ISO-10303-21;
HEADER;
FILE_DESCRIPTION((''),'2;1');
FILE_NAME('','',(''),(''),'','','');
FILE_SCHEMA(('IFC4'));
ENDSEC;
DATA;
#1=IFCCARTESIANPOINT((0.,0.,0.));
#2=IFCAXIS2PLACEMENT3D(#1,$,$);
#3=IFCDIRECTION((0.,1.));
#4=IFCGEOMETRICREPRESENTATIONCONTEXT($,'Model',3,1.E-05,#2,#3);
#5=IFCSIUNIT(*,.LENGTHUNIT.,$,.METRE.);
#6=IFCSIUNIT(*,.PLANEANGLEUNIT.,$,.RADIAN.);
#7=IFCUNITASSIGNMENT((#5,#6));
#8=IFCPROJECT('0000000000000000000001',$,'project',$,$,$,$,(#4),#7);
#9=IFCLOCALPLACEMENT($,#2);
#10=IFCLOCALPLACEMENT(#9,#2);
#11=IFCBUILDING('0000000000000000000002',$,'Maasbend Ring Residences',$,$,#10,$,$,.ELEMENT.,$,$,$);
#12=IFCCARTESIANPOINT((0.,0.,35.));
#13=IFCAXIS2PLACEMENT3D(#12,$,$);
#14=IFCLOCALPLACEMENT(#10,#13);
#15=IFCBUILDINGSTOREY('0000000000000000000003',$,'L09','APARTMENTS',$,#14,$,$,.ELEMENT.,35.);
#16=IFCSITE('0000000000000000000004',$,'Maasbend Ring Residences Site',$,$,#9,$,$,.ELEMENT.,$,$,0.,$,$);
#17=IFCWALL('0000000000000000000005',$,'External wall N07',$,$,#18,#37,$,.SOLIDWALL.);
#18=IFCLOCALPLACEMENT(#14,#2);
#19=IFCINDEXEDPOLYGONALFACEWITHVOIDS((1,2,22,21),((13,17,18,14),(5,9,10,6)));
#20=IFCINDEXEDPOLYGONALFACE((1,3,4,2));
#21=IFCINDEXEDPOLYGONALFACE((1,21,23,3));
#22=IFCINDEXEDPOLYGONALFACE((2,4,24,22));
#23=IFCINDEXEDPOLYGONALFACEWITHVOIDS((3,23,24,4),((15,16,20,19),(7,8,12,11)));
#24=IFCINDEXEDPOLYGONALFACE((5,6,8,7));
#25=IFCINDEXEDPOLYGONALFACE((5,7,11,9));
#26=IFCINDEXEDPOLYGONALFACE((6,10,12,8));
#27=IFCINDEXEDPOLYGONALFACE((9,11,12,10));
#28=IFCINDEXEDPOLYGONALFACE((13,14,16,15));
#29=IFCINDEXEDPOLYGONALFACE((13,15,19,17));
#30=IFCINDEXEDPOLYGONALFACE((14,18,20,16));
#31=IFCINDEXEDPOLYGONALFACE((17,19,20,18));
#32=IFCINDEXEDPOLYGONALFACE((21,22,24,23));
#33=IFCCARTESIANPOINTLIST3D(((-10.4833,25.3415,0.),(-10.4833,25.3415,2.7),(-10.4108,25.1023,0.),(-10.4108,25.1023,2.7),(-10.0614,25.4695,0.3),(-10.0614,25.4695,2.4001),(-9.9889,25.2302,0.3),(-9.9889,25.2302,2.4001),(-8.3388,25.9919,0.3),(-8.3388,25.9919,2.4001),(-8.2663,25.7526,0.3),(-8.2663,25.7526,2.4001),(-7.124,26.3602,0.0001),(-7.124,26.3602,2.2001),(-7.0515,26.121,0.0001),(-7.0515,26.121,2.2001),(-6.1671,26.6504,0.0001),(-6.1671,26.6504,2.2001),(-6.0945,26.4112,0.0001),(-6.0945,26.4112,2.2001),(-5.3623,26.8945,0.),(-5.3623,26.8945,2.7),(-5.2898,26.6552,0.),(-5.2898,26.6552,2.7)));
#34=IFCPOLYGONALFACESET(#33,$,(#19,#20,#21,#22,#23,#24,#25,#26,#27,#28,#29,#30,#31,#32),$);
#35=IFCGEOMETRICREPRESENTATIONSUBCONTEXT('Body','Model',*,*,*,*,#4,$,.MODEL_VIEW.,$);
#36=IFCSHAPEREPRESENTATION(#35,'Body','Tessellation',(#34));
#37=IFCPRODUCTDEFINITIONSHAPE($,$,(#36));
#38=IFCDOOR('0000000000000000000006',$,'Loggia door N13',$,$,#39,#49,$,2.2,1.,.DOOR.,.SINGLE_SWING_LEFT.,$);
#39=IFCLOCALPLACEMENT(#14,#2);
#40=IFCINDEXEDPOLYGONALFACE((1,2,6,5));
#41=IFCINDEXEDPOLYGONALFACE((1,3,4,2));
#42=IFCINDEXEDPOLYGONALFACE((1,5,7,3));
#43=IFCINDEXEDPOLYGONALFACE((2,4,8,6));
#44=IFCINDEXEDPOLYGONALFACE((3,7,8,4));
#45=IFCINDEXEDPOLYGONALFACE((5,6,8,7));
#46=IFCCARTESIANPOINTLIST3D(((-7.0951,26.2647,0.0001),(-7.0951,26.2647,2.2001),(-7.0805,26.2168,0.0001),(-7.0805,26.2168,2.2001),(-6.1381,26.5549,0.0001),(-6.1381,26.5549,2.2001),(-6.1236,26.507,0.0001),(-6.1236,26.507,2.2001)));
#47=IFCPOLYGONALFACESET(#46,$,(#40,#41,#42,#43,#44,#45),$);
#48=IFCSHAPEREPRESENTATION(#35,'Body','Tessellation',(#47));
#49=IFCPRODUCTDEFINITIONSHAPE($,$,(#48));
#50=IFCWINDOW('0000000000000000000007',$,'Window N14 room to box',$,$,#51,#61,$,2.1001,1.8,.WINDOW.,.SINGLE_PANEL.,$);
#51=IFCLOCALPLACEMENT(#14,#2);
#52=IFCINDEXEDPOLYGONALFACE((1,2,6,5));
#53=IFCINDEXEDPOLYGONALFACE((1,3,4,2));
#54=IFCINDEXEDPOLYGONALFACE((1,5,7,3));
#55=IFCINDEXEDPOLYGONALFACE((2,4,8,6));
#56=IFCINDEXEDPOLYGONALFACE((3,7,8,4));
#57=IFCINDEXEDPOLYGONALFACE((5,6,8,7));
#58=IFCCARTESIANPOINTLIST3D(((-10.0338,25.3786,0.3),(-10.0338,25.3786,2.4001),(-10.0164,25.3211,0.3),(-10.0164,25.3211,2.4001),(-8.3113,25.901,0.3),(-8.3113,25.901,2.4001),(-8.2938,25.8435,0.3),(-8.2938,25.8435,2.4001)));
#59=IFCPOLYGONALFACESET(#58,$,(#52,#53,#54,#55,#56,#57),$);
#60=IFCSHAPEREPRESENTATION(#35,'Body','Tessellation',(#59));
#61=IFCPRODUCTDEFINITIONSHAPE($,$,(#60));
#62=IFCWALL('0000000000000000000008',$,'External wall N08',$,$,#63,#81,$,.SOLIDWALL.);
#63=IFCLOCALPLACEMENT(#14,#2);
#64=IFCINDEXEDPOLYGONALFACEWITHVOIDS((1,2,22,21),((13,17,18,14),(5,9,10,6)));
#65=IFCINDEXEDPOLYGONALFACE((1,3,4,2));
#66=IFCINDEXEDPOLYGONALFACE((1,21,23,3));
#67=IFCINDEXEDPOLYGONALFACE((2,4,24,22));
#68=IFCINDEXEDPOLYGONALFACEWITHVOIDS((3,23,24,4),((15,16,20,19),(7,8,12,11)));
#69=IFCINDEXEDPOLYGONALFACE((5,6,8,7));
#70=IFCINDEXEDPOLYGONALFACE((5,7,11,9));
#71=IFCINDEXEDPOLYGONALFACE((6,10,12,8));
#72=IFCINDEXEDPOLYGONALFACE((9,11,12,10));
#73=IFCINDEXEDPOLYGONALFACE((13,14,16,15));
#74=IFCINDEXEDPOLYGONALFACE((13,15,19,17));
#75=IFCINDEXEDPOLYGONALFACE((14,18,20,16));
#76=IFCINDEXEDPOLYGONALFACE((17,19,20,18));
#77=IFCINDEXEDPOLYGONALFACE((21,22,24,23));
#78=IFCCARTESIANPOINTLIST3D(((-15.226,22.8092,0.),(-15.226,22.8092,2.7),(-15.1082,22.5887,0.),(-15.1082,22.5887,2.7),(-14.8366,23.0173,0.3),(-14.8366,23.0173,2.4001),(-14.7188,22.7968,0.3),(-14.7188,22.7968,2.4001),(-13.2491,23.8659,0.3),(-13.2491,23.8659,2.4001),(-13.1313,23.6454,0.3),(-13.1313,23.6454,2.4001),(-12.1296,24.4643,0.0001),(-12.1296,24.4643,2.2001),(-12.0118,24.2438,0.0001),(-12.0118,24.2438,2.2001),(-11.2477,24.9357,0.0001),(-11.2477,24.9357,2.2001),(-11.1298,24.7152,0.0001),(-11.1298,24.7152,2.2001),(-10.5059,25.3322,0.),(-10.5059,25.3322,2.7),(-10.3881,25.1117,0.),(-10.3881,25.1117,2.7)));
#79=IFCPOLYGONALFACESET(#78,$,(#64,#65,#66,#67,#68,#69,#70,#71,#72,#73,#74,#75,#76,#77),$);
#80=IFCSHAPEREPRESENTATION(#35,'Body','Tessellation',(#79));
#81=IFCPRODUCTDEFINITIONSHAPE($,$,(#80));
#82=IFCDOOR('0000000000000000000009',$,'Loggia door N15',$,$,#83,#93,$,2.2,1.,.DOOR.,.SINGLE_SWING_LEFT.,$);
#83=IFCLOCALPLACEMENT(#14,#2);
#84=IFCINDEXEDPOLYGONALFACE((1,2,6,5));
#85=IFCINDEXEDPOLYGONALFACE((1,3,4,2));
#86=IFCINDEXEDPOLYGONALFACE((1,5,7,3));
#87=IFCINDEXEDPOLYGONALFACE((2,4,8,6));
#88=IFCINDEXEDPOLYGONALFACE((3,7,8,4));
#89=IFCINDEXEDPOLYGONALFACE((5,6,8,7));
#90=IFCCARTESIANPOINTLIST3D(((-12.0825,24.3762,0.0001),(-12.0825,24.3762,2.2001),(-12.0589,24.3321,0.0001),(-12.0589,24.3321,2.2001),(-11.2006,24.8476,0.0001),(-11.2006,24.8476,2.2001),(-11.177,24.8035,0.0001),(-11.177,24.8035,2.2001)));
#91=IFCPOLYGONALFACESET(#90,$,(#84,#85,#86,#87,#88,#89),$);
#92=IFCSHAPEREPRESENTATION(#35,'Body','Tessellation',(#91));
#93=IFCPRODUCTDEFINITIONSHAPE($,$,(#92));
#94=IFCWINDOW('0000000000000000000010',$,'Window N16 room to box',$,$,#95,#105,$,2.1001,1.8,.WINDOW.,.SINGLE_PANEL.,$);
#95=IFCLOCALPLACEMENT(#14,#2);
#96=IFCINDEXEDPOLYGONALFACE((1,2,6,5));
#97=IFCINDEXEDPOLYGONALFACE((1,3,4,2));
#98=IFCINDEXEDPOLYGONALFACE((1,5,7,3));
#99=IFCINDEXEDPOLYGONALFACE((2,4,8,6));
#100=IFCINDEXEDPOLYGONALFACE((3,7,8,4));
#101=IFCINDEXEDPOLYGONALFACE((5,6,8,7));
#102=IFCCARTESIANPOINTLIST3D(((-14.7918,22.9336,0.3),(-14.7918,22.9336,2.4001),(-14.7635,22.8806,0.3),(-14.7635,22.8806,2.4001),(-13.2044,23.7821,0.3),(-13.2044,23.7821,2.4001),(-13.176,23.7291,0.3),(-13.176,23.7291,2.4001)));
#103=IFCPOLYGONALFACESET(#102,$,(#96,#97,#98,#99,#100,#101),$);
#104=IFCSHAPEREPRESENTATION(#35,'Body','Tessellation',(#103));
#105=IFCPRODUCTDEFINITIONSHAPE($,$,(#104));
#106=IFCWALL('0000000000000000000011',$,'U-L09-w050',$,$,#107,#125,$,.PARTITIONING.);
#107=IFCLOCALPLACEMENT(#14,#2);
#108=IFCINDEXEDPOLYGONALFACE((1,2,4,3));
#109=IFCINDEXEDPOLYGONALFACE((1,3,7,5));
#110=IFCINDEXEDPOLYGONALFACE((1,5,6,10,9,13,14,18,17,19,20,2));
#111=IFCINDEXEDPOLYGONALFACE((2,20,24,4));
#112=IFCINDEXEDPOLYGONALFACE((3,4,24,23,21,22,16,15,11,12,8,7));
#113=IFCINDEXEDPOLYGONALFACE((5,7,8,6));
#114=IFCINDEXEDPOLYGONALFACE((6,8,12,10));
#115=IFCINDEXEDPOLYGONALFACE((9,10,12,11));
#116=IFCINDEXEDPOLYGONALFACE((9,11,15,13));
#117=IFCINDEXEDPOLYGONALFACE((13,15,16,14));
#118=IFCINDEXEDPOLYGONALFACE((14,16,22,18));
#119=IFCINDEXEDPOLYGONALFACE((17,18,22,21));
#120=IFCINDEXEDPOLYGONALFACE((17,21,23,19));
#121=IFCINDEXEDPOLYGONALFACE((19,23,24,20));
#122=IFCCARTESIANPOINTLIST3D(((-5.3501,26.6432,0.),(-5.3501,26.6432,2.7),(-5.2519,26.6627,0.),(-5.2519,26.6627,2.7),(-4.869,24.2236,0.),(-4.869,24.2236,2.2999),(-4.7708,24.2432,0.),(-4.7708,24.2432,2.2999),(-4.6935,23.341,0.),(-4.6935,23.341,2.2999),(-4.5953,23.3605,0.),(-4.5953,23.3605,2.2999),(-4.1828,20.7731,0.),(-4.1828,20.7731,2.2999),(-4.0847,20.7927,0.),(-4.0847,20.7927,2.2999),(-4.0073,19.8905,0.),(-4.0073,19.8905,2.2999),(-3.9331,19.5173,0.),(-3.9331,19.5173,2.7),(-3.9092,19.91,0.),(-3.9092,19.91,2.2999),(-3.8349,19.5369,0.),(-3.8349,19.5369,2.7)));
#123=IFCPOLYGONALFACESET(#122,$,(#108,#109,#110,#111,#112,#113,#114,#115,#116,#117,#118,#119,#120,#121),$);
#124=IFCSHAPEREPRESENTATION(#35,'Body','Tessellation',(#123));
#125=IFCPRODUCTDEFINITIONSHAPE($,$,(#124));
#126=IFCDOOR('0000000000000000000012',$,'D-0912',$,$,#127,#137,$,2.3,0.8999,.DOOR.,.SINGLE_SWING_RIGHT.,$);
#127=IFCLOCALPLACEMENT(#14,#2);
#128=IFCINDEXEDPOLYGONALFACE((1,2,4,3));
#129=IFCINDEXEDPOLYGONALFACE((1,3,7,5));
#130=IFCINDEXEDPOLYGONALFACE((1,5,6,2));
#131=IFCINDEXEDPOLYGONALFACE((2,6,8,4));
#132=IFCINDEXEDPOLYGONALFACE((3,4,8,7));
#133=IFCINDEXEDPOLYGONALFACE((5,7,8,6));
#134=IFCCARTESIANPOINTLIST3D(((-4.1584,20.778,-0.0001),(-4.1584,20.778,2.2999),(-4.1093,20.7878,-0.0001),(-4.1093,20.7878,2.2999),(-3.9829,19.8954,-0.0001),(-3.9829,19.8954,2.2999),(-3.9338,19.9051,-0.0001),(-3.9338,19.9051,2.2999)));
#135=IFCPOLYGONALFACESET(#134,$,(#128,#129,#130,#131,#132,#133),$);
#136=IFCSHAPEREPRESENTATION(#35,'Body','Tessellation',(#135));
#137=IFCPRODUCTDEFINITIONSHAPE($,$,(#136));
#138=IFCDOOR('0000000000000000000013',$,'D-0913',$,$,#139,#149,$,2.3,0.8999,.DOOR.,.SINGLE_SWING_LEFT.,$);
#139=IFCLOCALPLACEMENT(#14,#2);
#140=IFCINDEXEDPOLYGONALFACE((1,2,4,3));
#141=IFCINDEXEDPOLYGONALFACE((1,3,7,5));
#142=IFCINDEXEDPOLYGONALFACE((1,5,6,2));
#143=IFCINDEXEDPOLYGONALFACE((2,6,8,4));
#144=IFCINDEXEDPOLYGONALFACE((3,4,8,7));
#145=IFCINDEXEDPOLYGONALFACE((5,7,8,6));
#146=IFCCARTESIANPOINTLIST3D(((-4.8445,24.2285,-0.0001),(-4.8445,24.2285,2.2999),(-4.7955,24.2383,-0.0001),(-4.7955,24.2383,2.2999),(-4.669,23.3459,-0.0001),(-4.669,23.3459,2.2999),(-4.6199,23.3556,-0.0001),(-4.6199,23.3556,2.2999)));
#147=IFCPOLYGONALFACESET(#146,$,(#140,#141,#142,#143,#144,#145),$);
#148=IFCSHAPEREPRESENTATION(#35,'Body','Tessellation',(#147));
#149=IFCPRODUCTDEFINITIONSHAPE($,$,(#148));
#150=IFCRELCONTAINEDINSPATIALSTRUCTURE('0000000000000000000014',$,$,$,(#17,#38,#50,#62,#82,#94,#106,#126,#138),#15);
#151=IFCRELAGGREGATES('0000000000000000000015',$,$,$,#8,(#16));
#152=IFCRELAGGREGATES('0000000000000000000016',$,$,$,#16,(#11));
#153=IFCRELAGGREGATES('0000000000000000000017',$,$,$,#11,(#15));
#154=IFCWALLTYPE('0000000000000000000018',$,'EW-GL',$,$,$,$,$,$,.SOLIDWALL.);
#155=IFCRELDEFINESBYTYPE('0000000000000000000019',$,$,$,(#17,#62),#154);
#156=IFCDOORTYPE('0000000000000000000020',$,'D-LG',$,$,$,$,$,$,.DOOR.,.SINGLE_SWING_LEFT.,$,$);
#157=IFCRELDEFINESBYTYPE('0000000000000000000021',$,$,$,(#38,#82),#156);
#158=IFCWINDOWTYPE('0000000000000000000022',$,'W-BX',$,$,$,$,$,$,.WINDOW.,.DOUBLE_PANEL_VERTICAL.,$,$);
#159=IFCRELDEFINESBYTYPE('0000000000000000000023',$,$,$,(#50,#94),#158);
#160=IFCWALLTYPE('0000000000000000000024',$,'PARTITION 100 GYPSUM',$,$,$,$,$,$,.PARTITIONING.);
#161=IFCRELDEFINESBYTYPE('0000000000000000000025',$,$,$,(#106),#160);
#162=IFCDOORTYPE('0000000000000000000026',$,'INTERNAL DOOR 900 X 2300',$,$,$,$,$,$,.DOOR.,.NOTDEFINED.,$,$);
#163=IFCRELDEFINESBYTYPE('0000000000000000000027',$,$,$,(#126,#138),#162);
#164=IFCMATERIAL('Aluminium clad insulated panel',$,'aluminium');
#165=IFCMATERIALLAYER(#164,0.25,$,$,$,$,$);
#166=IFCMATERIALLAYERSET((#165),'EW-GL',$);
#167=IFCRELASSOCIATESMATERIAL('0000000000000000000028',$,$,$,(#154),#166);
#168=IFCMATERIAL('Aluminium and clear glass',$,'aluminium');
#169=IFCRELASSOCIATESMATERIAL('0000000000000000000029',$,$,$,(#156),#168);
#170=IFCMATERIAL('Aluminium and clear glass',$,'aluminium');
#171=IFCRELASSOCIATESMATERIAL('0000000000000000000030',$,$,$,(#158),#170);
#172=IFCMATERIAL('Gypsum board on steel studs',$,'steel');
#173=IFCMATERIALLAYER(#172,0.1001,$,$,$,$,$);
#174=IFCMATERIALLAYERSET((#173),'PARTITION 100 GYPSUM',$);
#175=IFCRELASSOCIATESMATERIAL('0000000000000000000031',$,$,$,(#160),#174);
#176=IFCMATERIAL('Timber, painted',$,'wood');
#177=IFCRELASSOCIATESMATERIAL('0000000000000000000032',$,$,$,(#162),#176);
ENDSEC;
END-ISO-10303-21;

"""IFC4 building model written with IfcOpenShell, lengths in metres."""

from ifc_helpers import new_model, si_unit, direction, frame, frame_2d, origin, place, context, subcontext, project, spatial, rectangle, extrude, material, layer, layer_set, type_object, element, fill, save


model = new_model("IFC4")

# Units and contexts
model_context = context("Model", 3, precision=1e-05, world=origin(), true_north=direction((0.0, 1.0)))
body_context = subcontext(model_context, "Body", "Model", "MODEL_VIEW")
ifc_project = project(units=[si_unit("LENGTHUNIT", "METRE"), si_unit("PLANEANGLEUNIT", "RADIAN")], contexts=[model_context])

# Site, building, storey
site_placement = place(None, origin())
site = spatial("IfcSite", under=ifc_project, at=site_placement, Name="Maasbend Ring Residences Site", CompositionType="ELEMENT", RefElevation=0.0)
building_placement = place(site_placement, origin())
building = spatial("IfcBuilding", under=site, at=building_placement, Name="Maasbend Ring Residences", CompositionType="ELEMENT")
storey_placement = place(building_placement, frame((0.0, 0.0, 35.0)))
storey = spatial("IfcBuildingStorey", under=building, at=storey_placement, Name="L09", Description="APARTMENTS", CompositionType="ELEMENT", Elevation=35.0)

# Walls, openings, doors, windows
ifc_material_1 = material(Name="Aluminium clad insulated panel", Category="aluminium")
ifc_layer_1 = layer(ifc_material_1, 0.25)
ifc_layer_set_1 = layer_set([ifc_layer_1], Name="EW-GL")
wall_type_1 = type_object("IfcWallType", Name="EW-GL", PredefinedType="SOLIDWALL", material=ifc_layer_set_1)
wall_1_placement = place(storey_placement, frame((-5.3259, 26.7749, 0.0), z_axis=(0.0, 0.0, 1.0), x_axis=(-0.956966, -0.290201, 0.0)))
wall_1 = element("IfcWall", 1, at=wall_1_placement, inside=storey, type_object=wall_type_1, Name="External wall N07", PredefinedType="SOLIDWALL", context=body_context, shape_type="SweptSolid", body=[
    extrude(rectangle(XDim=5.3513, YDim=0.25, at=frame_2d((2.6758, 0.0))), origin(), (0.0, 0.0, 1.0), 2.7),
])
opening_1_placement = place(wall_1_placement, frame((0.8411, 0.0, 0.0)))
opening_1 = element("IfcOpeningElement", 2, at=opening_1_placement, cuts=wall_1, PredefinedType="OPENING", context=body_context, shape_type="SweptSolid", body=[
    extrude(rectangle(XDim=1.0, YDim=2.2, at=frame_2d((0.5, 1.1001))), frame((0.0, 0.135, 0.0), z_axis=(0.0, -1.0, 0.0), x_axis=(1.0, 0.0, 0.0)), (0.0, 0.0, 1.0), 0.27),
])
opening_2_placement = place(wall_1_placement, frame((3.1106, 0.0, 0.3)))
opening_2 = element("IfcOpeningElement", 3, at=opening_2_placement, cuts=wall_1, PredefinedType="OPENING", context=body_context, shape_type="SweptSolid", body=[
    extrude(rectangle(XDim=1.8, YDim=2.1001, at=frame_2d((0.8999, 1.05))), frame((0.0, 0.135, 0.0), z_axis=(0.0, -1.0, 0.0), x_axis=(1.0, 0.0, 0.0)), (0.0, 0.0, 1.0), 0.27),
])
ifc_material_2 = material(Name="Aluminium and clear glass", Category="aluminium")
door_type_1 = type_object("IfcDoorType", Name="D-LG", OperationType="SINGLE_SWING_LEFT", PredefinedType="DOOR", material=ifc_material_2)
door_1_placement = place(opening_1_placement, origin())
door_1 = element("IfcDoor", 4, at=door_1_placement, inside=storey, type_object=door_type_1, Name="Loggia door N13", OperationType="SINGLE_SWING_LEFT", OverallHeight=2.2, OverallWidth=1.0, PredefinedType="DOOR", context=body_context, shape_type="SweptSolid", body=[
    extrude(rectangle(XDim=1.0, YDim=2.2, at=frame_2d((0.5, 1.1001))), frame((0.0, 0.0249, 0.0), z_axis=(0.0, -1.0, 0.0), x_axis=(1.0, 0.0, 0.0)), (0.0, 0.0, 1.0), 0.05),
])
fill(opening_1, door_1)
ifc_material_3 = material(Name="Aluminium and clear glass", Category="aluminium")
window_type_1 = type_object("IfcWindowType", Name="W-BX", PartitioningType="DOUBLE_PANEL_VERTICAL", PredefinedType="WINDOW", material=ifc_material_3)
window_1_placement = place(opening_2_placement, origin())
window_1 = element("IfcWindow", 5, at=window_1_placement, inside=storey, type_object=window_type_1, Name="Window N14 room to box", OverallHeight=2.1001, OverallWidth=1.8, PartitioningType="SINGLE_PANEL", PredefinedType="WINDOW", context=body_context, shape_type="SweptSolid", body=[
    extrude(rectangle(XDim=1.8, YDim=2.1001, at=frame_2d((0.8999, 1.05))), frame((0.0, 0.03, 0.0), z_axis=(0.0, -1.0, 0.0), x_axis=(1.0, 0.0, 0.0)), (0.0, 0.0, 1.0), 0.0601),
])
fill(opening_2, window_1)
wall_2_placement = place(storey_placement, frame((-10.447, 25.2219, 0.0), z_axis=(0.0, 0.0, 1.0), x_axis=(-0.881916, -0.471407, 0.0)))
wall_2 = element("IfcWall", 6, at=wall_2_placement, inside=storey, type_object=wall_type_1, Name="External wall N08", PredefinedType="SOLIDWALL", context=body_context, shape_type="SweptSolid", body=[
    extrude(rectangle(XDim=5.3521, YDim=0.25, at=frame_2d((2.676, 0.0))), origin(), (0.0, 0.0, 1.0), 2.7),
])
opening_3_placement = place(wall_2_placement, frame((0.8411, 0.0, 0.0)))
opening_3 = element("IfcOpeningElement", 7, at=opening_3_placement, cuts=wall_2, PredefinedType="OPENING", context=body_context, shape_type="SweptSolid", body=[
    extrude(rectangle(XDim=1.0, YDim=2.2, at=frame_2d((0.5, 1.1001))), frame((0.0, 0.135, 0.0), z_axis=(0.0, -1.0, 0.0), x_axis=(1.0, 0.0, 0.0)), (0.0, 0.0, 1.0), 0.27),
])
opening_4_placement = place(wall_2_placement, frame((3.1106, 0.0, 0.3)))
opening_4 = element("IfcOpeningElement", 8, at=opening_4_placement, cuts=wall_2, PredefinedType="OPENING", context=body_context, shape_type="SweptSolid", body=[
    extrude(rectangle(XDim=1.8, YDim=2.1001, at=frame_2d((0.8999, 1.05))), frame((0.0, 0.135, 0.0), z_axis=(0.0, -1.0, 0.0), x_axis=(1.0, 0.0, 0.0)), (0.0, 0.0, 1.0), 0.27),
])
door_2_placement = place(opening_3_placement, origin())
door_2 = element("IfcDoor", 9, at=door_2_placement, inside=storey, type_object=door_type_1, Name="Loggia door N15", OperationType="SINGLE_SWING_LEFT", OverallHeight=2.2, OverallWidth=1.0, PredefinedType="DOOR", context=body_context, shape_type="SweptSolid", body=[
    extrude(rectangle(XDim=1.0, YDim=2.2, at=frame_2d((0.5, 1.1001))), frame((0.0, 0.0249, 0.0), z_axis=(0.0, -1.0, 0.0), x_axis=(1.0, 0.0, 0.0)), (0.0, 0.0, 1.0), 0.05),
])
fill(opening_3, door_2)
window_2_placement = place(opening_4_placement, origin())
window_2 = element("IfcWindow", 10, at=window_2_placement, inside=storey, type_object=window_type_1, Name="Window N16 room to box", OverallHeight=2.1001, OverallWidth=1.8, PartitioningType="SINGLE_PANEL", PredefinedType="WINDOW", context=body_context, shape_type="SweptSolid", body=[
    extrude(rectangle(XDim=1.8, YDim=2.1001, at=frame_2d((0.8999, 1.05))), frame((0.0, 0.03, 0.0), z_axis=(0.0, -1.0, 0.0), x_axis=(1.0, 0.0, 0.0)), (0.0, 0.0, 1.0), 0.0601),
])
fill(opening_4, window_2)

# Wall, openings, doors
ifc_material_4 = material(Name="Gypsum board on steel studs", Category="steel")
ifc_layer_2 = layer(ifc_material_4, 0.1001)
ifc_layer_set_2 = layer_set([ifc_layer_2], Name="PARTITION 100 GYPSUM")
wall_type_2 = type_object("IfcWallType", Name="PARTITION 100 GYPSUM", PredefinedType="PARTITIONING", material=ifc_layer_set_2)
wall_3_placement = place(storey_placement, frame((-5.301, 26.6531, 0.0), z_axis=(0.0, 0.0, 1.0), x_axis=(0.19503, -0.980797, 0.0)))
wall_3 = element("IfcWall", 11, at=wall_3_placement, inside=storey, type_object=wall_type_2, Name="U-L09-w050", PredefinedType="PARTITIONING", context=body_context, shape_type="SweptSolid", body=[
    extrude(rectangle(XDim=7.2654, YDim=0.1001, at=frame_2d((3.6328, 0.0))), origin(), (0.0, 0.0, 1.0), 2.7),
])
opening_5_placement = place(wall_3_placement, frame((5.9851, 0.0, 0.0)))
opening_5 = element("IfcOpeningElement", 12, at=opening_5_placement, cuts=wall_3, PredefinedType="OPENING", context=body_context, shape_type="SweptSolid", body=[
    extrude(rectangle(XDim=0.8999, YDim=2.3, at=frame_2d((0.45, 1.1499))), frame((0.0, 0.0601, 0.0), z_axis=(0.0, -1.0, 0.0), x_axis=(1.0, 0.0, 0.0)), (0.0, 0.0, 1.0), 0.1201),
])
opening_6_placement = place(wall_3_placement, frame((2.467, 0.0, 0.0)))
opening_6 = element("IfcOpeningElement", 13, at=opening_6_placement, cuts=wall_3, PredefinedType="OPENING", context=body_context, shape_type="SweptSolid", body=[
    extrude(rectangle(XDim=0.8999, YDim=2.3, at=frame_2d((0.45, 1.1499))), frame((0.0, 0.0601, 0.0), z_axis=(0.0, -1.0, 0.0), x_axis=(1.0, 0.0, 0.0)), (0.0, 0.0, 1.0), 0.1201),
])
ifc_material_5 = material(Name="Timber, painted", Category="wood")
door_type_2 = type_object("IfcDoorType", Name="INTERNAL DOOR 900 X 2300", OperationType="NOTDEFINED", PredefinedType="DOOR", material=ifc_material_5)
door_3_placement = place(opening_5_placement, origin())
door_3 = element("IfcDoor", 14, at=door_3_placement, inside=storey, type_object=door_type_2, Name="D-0912", OperationType="SINGLE_SWING_RIGHT", OverallHeight=2.3, OverallWidth=0.8999, PredefinedType="DOOR", context=body_context, shape_type="SweptSolid", body=[
    extrude(rectangle(XDim=0.8999, YDim=2.3, at=frame_2d((0.45, 1.1499))), frame((0.0, 0.0249, 0.0), z_axis=(0.0, -1.0, 0.0), x_axis=(1.0, 0.0, 0.0)), (0.0, 0.0, 1.0), 0.05),
])
fill(opening_5, door_3)
door_4_placement = place(opening_6_placement, origin())
door_4 = element("IfcDoor", 15, at=door_4_placement, inside=storey, type_object=door_type_2, Name="D-0913", OperationType="SINGLE_SWING_LEFT", OverallHeight=2.3, OverallWidth=0.8999, PredefinedType="DOOR", context=body_context, shape_type="SweptSolid", body=[
    extrude(rectangle(XDim=0.8999, YDim=2.3, at=frame_2d((0.45, 1.1499))), frame((0.0, 0.0249, 0.0), z_axis=(0.0, -1.0, 0.0), x_axis=(1.0, 0.0, 0.0)), (0.0, 0.0, 1.0), 0.05),
])
fill(opening_6, door_4)

save(model, "model.ifc")
